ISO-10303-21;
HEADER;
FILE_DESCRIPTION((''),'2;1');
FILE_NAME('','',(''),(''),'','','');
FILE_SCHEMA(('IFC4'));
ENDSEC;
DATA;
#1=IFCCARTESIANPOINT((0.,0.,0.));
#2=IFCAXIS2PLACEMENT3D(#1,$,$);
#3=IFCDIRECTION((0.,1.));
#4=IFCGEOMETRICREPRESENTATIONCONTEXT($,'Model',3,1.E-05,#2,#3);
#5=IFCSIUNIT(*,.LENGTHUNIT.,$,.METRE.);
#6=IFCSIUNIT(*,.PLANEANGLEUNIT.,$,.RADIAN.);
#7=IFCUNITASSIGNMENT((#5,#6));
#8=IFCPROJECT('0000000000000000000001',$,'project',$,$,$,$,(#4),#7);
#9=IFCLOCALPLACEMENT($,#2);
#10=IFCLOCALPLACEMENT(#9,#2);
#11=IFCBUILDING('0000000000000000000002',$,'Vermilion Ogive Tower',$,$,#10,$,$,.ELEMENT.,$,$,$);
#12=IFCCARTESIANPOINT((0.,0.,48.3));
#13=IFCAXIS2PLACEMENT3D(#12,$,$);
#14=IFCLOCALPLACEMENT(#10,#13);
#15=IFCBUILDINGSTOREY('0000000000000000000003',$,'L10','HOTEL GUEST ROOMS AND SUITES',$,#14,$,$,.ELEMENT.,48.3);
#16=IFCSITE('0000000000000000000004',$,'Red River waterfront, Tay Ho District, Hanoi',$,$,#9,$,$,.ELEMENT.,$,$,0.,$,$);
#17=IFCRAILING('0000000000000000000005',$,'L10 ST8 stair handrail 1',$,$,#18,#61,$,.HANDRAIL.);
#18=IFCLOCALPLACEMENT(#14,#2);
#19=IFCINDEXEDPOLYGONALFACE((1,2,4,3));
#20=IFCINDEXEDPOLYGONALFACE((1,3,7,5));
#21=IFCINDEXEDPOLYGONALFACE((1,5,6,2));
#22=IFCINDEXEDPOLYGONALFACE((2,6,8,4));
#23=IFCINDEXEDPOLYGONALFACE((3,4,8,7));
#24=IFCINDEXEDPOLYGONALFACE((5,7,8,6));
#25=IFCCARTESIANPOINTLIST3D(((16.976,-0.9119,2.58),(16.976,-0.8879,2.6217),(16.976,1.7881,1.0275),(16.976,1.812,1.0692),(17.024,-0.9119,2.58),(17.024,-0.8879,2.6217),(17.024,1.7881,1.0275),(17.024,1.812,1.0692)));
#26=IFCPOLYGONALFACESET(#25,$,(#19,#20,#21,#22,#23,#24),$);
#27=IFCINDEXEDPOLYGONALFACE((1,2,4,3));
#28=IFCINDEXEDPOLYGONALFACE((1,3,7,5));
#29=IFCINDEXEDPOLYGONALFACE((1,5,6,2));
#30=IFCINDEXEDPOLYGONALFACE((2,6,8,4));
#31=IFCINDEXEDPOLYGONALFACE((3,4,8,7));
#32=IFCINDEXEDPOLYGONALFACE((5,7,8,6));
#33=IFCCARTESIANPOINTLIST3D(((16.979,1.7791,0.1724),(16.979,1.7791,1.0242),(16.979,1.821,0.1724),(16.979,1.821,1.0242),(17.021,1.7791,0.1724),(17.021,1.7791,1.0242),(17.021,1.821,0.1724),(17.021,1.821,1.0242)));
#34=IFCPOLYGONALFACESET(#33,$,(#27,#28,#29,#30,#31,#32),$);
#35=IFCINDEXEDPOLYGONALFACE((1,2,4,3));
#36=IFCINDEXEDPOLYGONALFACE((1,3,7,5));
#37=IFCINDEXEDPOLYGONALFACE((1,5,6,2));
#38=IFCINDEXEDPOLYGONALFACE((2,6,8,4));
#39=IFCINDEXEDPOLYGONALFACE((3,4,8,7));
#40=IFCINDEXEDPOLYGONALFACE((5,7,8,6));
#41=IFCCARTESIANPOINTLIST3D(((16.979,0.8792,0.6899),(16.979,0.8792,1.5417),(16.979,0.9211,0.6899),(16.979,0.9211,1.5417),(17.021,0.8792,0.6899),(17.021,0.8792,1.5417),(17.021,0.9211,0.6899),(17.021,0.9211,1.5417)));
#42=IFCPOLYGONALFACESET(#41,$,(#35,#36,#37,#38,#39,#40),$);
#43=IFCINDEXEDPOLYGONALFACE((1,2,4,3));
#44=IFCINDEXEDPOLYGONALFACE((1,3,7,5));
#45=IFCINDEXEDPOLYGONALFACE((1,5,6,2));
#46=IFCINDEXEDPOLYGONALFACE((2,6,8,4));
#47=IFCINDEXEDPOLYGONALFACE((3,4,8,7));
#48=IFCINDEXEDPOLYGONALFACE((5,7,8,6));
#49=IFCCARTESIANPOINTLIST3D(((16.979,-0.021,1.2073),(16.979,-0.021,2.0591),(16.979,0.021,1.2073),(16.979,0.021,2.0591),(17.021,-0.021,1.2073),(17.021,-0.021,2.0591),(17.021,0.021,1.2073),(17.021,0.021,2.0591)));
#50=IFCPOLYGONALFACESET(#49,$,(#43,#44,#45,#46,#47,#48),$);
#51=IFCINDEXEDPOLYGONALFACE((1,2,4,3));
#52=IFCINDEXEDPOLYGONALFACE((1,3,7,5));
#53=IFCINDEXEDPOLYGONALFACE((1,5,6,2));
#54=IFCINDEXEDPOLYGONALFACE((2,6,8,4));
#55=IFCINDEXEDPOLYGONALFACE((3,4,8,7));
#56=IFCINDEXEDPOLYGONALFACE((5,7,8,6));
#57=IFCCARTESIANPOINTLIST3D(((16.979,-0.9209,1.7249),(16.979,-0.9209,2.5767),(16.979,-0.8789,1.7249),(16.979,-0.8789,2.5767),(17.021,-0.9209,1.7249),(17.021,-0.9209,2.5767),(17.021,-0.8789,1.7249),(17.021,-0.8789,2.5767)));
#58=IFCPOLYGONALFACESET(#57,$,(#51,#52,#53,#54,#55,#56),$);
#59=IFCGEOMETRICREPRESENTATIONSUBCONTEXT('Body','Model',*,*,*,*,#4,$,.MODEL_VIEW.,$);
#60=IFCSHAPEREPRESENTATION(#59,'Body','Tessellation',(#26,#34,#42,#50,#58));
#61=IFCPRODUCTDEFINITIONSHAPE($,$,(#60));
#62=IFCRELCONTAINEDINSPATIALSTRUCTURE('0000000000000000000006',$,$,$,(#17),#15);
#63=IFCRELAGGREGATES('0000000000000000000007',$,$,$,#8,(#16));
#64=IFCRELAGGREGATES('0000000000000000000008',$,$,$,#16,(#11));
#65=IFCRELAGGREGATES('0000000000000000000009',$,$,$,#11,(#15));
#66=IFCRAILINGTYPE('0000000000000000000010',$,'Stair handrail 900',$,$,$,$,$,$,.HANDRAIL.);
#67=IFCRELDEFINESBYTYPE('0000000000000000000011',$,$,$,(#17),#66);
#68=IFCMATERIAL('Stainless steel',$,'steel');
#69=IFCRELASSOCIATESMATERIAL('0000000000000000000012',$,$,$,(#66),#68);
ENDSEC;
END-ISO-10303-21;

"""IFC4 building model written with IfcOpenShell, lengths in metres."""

from ifc_helpers import new_model, si_unit, direction, frame, origin, origin_2d, place, context, subcontext, project, spatial, rectangle, extrude, material, type_object, element, save


model = new_model("IFC4")

# Units and contexts
model_context = context("Model", 3, precision=1e-05, world=origin(), true_north=direction((0.0, 1.0)))
body_context = subcontext(model_context, "Body", "Model", "MODEL_VIEW")
ifc_project = project(units=[si_unit("LENGTHUNIT", "METRE"), si_unit("PLANEANGLEUNIT", "RADIAN")], contexts=[model_context])

# Site, building, storey
site_placement = place(None, origin())
site = spatial("IfcSite", under=ifc_project, at=site_placement, Name="Red River waterfront, Tay Ho District, Hanoi", CompositionType="ELEMENT", RefElevation=0.0)
building_placement = place(site_placement, origin())
building = spatial("IfcBuilding", under=site, at=building_placement, Name="Vermilion Ogive Tower", CompositionType="ELEMENT")
storey_placement = place(building_placement, frame((0.0, 0.0, 48.3)))
storey = spatial("IfcBuildingStorey", under=building, at=storey_placement, Name="L10", Description="HOTEL GUEST ROOMS AND SUITES", CompositionType="ELEMENT", Elevation=48.3)

# Railing
ifc_material_1 = material(Name="Stainless steel", Category="steel")
railing_type_1 = type_object("IfcRailingType", Name="Stair handrail 900", PredefinedType="HANDRAIL", material=ifc_material_1)
railing_1_placement = place(storey_placement, frame((17.0, 1.8, 0.1724)))
element("IfcRailing", 1, at=railing_1_placement, inside=storey, type_object=railing_type_1, Name="L10 ST8 stair handrail 1", PredefinedType="HANDRAIL", context=body_context, shape_type="SweptSolid", body=[
    extrude(rectangle(XDim=0.0481, YDim=0.0481, at=origin_2d()), frame((0.0, 0.0, 0.876), z_axis=(0.0, -0.866904, 0.498476), x_axis=(1.0, 0.0, 0.0)), (0.0, 0.0, 1.0), 3.1145),
    extrude(rectangle(XDim=0.042, YDim=0.042, at=origin_2d()), origin(), (0.0, 0.0, 1.0), 0.8518),
    extrude(rectangle(XDim=0.042, YDim=0.042, at=origin_2d()), frame((0.0, -0.8999, 0.5176)), (0.0, 0.0, 1.0), 0.8518),
    extrude(rectangle(XDim=0.042, YDim=0.042, at=origin_2d()), frame((0.0, -1.8, 1.0349)), (0.0, 0.0, 1.0), 0.8518),
    extrude(rectangle(XDim=0.042, YDim=0.042, at=origin_2d()), frame((0.0, -2.7, 1.5525)), (0.0, 0.0, 1.0), 0.8518),
])

save(model, "model.ifc")
